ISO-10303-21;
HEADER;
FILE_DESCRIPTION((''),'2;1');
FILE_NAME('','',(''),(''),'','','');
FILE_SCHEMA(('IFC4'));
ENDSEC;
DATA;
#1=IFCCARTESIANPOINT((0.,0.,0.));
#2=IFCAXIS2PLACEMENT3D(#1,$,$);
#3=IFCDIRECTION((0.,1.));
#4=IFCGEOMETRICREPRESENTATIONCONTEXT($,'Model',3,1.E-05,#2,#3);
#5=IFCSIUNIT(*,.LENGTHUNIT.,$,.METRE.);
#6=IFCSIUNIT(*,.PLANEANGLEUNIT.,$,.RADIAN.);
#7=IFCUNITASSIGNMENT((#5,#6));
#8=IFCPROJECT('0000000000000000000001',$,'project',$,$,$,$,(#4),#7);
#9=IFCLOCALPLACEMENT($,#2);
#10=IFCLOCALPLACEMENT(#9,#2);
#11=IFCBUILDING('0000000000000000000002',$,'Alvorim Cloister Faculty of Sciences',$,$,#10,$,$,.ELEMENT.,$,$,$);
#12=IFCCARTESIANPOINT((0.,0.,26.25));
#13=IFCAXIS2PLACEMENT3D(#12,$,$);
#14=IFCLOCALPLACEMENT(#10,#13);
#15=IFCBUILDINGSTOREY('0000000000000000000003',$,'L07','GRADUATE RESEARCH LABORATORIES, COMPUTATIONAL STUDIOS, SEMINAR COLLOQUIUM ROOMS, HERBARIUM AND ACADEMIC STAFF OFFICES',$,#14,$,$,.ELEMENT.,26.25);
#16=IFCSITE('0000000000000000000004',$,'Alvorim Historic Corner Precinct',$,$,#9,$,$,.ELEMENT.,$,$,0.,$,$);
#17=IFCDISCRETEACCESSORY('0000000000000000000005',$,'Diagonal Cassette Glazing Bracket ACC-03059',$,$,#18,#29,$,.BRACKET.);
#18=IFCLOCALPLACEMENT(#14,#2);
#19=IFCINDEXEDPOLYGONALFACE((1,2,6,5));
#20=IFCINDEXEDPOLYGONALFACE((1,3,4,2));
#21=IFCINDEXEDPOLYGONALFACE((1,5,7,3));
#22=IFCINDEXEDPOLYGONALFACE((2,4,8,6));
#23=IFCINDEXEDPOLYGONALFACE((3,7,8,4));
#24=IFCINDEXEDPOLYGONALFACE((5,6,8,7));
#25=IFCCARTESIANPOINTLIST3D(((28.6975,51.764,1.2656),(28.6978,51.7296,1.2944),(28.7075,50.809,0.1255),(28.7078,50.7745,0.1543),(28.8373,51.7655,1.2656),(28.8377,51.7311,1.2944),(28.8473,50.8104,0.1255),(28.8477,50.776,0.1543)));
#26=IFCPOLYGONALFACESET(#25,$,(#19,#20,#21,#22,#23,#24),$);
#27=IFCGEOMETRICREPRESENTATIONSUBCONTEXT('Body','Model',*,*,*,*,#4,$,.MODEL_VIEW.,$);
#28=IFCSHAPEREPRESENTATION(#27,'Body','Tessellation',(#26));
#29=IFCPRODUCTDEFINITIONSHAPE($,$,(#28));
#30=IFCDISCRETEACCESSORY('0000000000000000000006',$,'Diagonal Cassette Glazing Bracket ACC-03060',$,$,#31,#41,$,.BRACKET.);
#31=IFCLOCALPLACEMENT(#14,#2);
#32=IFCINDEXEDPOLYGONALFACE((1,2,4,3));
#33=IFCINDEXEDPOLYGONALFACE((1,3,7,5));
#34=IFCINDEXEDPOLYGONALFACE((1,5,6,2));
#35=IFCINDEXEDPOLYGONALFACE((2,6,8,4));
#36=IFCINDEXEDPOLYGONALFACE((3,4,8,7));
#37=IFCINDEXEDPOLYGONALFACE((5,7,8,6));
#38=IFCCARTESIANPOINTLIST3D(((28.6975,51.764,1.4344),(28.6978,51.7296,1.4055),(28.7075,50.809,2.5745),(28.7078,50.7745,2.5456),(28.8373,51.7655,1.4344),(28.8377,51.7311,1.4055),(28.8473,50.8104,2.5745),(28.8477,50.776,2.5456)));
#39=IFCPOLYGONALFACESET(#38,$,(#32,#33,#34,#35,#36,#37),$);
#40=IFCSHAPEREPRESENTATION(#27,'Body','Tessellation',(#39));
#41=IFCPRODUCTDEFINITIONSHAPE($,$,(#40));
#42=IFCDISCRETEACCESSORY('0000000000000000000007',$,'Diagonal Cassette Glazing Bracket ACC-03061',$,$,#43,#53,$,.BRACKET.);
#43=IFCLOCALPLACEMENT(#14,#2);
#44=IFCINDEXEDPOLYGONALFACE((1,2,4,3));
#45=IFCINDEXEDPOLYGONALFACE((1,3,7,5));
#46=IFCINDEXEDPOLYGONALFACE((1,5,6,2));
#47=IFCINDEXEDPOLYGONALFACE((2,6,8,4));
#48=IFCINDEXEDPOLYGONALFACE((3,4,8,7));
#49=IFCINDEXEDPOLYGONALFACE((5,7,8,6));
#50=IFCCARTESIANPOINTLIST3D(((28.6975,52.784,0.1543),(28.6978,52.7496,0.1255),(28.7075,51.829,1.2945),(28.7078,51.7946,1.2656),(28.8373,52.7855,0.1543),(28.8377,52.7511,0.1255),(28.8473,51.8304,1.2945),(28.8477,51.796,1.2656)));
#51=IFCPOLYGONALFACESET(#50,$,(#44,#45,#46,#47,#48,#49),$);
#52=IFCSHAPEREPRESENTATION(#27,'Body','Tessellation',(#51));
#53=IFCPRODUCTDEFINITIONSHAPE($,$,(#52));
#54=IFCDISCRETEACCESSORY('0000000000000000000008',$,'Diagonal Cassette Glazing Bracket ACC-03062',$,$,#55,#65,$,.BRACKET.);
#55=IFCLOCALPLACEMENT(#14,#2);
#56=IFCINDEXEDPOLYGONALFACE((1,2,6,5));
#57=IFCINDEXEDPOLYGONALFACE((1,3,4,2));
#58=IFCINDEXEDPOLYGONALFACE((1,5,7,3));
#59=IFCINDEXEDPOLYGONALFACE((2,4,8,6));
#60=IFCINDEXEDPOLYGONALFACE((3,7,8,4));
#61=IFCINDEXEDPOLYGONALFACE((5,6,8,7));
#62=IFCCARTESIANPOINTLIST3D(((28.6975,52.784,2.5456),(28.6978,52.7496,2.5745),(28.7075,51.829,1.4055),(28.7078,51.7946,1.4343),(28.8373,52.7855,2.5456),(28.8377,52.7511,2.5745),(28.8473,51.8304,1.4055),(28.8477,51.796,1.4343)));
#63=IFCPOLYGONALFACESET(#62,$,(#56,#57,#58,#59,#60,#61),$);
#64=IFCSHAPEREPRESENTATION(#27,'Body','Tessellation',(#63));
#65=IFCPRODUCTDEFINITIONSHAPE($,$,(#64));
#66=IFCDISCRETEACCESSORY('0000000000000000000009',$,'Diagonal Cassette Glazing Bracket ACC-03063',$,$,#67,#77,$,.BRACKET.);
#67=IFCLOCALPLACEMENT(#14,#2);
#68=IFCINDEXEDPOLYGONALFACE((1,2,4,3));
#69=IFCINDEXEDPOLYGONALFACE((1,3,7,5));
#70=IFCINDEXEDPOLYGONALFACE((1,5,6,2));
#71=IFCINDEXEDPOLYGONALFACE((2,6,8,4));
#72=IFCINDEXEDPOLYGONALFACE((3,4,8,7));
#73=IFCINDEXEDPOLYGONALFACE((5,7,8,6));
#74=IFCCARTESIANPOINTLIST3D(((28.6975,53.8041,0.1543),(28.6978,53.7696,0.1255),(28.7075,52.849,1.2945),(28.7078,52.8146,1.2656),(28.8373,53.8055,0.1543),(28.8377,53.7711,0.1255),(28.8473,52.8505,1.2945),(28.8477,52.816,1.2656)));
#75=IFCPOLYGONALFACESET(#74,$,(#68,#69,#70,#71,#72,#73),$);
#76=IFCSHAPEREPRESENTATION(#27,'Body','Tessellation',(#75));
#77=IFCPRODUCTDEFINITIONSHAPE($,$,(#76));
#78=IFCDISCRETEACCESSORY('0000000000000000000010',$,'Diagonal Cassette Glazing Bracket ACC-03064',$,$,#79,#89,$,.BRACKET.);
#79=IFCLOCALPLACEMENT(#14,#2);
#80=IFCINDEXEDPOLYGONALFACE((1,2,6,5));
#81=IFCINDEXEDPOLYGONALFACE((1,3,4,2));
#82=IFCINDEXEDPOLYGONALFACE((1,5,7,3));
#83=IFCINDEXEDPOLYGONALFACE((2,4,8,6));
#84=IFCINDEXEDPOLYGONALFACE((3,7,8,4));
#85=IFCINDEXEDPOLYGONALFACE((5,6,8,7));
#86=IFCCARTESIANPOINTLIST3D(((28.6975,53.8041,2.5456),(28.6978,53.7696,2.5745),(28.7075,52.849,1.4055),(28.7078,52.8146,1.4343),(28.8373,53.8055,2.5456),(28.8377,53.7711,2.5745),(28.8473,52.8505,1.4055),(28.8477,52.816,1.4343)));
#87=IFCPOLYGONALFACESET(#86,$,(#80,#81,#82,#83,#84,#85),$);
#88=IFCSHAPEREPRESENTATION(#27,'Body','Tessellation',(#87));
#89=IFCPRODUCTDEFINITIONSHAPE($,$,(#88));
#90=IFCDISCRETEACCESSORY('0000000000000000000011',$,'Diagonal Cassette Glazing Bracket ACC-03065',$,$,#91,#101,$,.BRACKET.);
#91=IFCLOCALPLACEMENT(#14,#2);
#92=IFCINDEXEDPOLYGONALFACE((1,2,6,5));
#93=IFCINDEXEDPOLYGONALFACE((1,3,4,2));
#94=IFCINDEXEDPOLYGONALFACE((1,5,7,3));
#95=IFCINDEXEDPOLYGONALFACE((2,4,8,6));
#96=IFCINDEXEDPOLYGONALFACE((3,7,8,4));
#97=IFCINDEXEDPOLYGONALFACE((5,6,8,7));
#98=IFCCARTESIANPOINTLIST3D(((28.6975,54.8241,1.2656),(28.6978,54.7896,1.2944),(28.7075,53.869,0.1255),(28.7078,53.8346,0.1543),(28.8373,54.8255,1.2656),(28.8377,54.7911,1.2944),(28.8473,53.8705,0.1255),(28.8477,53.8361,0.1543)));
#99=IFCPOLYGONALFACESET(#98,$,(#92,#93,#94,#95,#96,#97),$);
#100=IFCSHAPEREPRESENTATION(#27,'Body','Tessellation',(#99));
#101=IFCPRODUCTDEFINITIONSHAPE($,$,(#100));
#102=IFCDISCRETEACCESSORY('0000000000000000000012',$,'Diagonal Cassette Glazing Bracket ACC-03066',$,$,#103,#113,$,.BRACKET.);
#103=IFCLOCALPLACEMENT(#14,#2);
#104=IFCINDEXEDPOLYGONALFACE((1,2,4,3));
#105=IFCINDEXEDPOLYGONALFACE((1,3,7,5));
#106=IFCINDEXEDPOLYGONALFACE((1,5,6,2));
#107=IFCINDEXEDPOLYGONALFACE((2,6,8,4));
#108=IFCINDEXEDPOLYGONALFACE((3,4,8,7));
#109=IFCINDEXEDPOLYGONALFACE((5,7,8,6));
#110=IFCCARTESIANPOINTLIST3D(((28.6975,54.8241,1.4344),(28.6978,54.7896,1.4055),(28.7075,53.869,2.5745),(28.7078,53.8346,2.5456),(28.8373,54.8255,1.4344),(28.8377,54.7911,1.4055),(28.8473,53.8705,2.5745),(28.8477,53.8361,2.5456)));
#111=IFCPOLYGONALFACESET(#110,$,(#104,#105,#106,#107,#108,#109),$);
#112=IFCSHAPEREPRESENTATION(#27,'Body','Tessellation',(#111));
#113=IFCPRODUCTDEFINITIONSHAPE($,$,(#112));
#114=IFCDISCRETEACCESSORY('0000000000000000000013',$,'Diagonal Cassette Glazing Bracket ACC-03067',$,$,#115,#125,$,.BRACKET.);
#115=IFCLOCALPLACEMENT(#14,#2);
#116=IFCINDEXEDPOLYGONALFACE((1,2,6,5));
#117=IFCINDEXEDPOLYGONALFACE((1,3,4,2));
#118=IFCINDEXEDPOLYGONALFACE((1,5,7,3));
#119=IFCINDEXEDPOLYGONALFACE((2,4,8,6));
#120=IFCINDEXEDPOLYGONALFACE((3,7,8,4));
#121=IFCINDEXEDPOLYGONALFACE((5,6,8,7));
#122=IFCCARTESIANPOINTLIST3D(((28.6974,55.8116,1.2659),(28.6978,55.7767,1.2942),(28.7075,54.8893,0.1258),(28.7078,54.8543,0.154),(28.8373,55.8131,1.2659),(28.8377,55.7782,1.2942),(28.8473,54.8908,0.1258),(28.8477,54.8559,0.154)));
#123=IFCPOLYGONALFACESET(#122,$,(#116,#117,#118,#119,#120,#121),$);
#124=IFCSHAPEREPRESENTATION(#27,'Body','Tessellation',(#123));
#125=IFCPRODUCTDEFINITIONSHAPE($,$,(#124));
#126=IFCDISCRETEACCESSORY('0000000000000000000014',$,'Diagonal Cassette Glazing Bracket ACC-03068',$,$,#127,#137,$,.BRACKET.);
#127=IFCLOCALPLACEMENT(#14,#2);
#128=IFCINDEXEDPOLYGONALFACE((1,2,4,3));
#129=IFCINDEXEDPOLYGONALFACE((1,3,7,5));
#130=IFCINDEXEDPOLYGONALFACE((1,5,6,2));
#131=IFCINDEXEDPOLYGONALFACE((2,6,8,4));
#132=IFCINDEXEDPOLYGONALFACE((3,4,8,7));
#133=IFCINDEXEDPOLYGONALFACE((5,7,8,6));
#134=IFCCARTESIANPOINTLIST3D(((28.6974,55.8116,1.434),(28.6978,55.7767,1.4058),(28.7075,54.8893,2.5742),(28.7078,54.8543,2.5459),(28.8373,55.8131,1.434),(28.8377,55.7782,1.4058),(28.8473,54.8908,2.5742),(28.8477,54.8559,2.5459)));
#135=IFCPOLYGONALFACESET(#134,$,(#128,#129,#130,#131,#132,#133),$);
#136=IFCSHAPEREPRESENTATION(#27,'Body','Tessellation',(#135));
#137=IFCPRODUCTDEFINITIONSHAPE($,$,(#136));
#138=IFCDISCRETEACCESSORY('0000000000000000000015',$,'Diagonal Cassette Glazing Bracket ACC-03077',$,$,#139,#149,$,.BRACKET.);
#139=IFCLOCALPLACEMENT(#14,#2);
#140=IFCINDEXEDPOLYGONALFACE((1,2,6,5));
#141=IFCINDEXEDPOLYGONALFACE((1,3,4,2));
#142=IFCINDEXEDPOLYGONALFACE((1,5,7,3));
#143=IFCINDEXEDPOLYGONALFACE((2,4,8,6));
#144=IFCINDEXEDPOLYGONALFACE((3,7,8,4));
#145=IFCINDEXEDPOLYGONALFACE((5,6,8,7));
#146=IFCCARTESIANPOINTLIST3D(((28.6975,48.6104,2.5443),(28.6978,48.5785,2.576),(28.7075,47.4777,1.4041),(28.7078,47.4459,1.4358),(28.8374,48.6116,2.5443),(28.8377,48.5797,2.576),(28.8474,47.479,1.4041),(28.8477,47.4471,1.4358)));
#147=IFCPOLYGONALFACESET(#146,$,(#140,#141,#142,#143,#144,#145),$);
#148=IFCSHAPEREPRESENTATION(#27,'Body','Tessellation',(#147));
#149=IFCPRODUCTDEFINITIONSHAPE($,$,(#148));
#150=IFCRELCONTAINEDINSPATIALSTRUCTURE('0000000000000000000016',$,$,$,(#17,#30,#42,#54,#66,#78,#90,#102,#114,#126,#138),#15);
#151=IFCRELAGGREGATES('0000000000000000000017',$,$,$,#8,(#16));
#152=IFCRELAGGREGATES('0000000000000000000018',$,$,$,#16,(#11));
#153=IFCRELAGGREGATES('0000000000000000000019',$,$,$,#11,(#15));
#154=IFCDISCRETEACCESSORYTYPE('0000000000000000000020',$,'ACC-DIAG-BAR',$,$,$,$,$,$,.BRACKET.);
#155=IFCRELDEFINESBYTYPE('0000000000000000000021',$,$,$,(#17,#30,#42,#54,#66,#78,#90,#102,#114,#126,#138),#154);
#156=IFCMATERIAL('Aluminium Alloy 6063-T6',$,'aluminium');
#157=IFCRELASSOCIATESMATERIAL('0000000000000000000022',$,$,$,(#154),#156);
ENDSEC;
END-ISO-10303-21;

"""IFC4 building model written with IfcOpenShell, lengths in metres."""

from ifc_helpers import new_model, si_unit, direction, frame, origin, origin_2d, place, context, subcontext, project, spatial, rectangle, extrude, material, type_object, element, save


model = new_model("IFC4")

# Units and contexts
model_context = context("Model", 3, precision=1e-05, world=origin(), true_north=direction((0.0, 1.0)))
body_context = subcontext(model_context, "Body", "Model", "MODEL_VIEW")
ifc_project = project(units=[si_unit("LENGTHUNIT", "METRE"), si_unit("PLANEANGLEUNIT", "RADIAN")], contexts=[model_context])

# Site, building, storey
site_placement = place(None, origin())
site = spatial("IfcSite", under=ifc_project, at=site_placement, Name="Alvorim Historic Corner Precinct", CompositionType="ELEMENT", RefElevation=0.0)
building_placement = place(site_placement, origin())
building = spatial("IfcBuilding", under=site, at=building_placement, Name="Alvorim Cloister Faculty of Sciences", CompositionType="ELEMENT")
storey_placement = place(building_placement, frame((0.0, 0.0, 26.25)))
storey = spatial("IfcBuildingStorey", under=building, at=storey_placement, Name="L07", Description="GRADUATE RESEARCH LABORATORIES, COMPUTATIONAL STUDIOS, SEMINAR COLLOQUIUM ROOMS, HERBARIUM AND ACADEMIC STAFF OFFICES", CompositionType="ELEMENT", Elevation=26.25)

# Discrete accessories
ifc_material_1 = material(Name="Aluminium Alloy 6063-T6", Category="aluminium")
discrete_accessory_type = type_object("IfcDiscreteAccessoryType", Name="ACC-DIAG-BAR", PredefinedType="BRACKET", material=ifc_material_1)
for number, where, z_axis, x_axis, name in (
    (1, (28.7776, 50.7925, 0.1399), (-0.00673, 0.642138, 0.76656), (-0.999945, -0.01048, 0.0), "Diagonal Cassette Glazing Bracket ACC-03059"),
    (2, (28.7776, 50.7925, 2.5601), (-0.00673, 0.642138, -0.76656), (-0.999945, -0.01048, 0.0), "Diagonal Cassette Glazing Bracket ACC-03060"),
    (3, (28.7776, 51.8125, 1.28), (-0.00673, 0.642138, -0.76656), (-0.999945, -0.01048, 0.0), "Diagonal Cassette Glazing Bracket ACC-03061"),
    (4, (28.7776, 51.8125, 1.4199), (-0.00673, 0.642138, 0.76656), (-0.999945, -0.01048, 0.0), "Diagonal Cassette Glazing Bracket ACC-03062"),
    (5, (28.7776, 52.8325, 1.28), (-0.00673, 0.642138, -0.76656), (-0.999945, -0.01048, 0.0), "Diagonal Cassette Glazing Bracket ACC-03063"),
    (6, (28.7776, 52.8325, 1.4199), (-0.00673, 0.642138, 0.76656), (-0.999945, -0.01048, 0.0), "Diagonal Cassette Glazing Bracket ACC-03064"),
    (7, (28.7776, 53.8525, 0.1399), (-0.00673, 0.642138, 0.76656), (-0.999945, -0.01048, 0.0), "Diagonal Cassette Glazing Bracket ACC-03065"),
    (8, (28.7776, 53.8525, 2.5601), (-0.00673, 0.642138, -0.76656), (-0.999945, -0.01048, 0.0), "Diagonal Cassette Glazing Bracket ACC-03066"),
):
    element("IfcDiscreteAccessory", number, at=place(storey_placement, frame(where, z_axis=z_axis, x_axis=x_axis)), inside=storey, type_object=discrete_accessory_type, Name=name, PredefinedType="BRACKET", context=body_context, shape_type="SweptSolid", body=[
        extrude(rectangle(XDim=0.1399, YDim=0.0449, at=origin_2d()), origin(), (0.0, 0.0, 1.0), 1.4873),
    ])
for number, where, z_axis, x_axis, name in (
    (9, (28.7776, 54.8726, 0.1399), (-0.006825, 0.628935, 0.777428), (-0.999941, -0.010852, 0.0), "Diagonal Cassette Glazing Bracket ACC-03067"),
    (10, (28.7776, 54.8726, 2.5601), (-0.006825, 0.628935, -0.777428), (-0.999941, -0.010852, 0.0), "Diagonal Cassette Glazing Bracket ACC-03068"),
):
    element("IfcDiscreteAccessory", number, at=place(storey_placement, frame(where, z_axis=z_axis, x_axis=x_axis)), inside=storey, type_object=discrete_accessory_type, Name=name, PredefinedType="BRACKET", context=body_context, shape_type="SweptSolid", body=[
        extrude(rectangle(XDim=0.1399, YDim=0.0449, at=origin_2d()), origin(), (0.0, 0.0, 1.0), 1.4666),
    ])
discrete_accessory_placement = place(storey_placement, frame((28.7776, 47.4624, 1.4199), z_axis=(-0.006229, 0.704734, 0.709444), x_axis=(-0.999961, -0.008838, 0.0)))
element("IfcDiscreteAccessory", 11, at=discrete_accessory_placement, inside=storey, type_object=discrete_accessory_type, Name="Diagonal Cassette Glazing Bracket ACC-03077", PredefinedType="BRACKET", context=body_context, shape_type="SweptSolid", body=[
    extrude(rectangle(XDim=0.1399, YDim=0.0449, at=origin_2d()), origin(), (0.0, 0.0, 1.0), 1.6072),
])

save(model, "model.ifc")
